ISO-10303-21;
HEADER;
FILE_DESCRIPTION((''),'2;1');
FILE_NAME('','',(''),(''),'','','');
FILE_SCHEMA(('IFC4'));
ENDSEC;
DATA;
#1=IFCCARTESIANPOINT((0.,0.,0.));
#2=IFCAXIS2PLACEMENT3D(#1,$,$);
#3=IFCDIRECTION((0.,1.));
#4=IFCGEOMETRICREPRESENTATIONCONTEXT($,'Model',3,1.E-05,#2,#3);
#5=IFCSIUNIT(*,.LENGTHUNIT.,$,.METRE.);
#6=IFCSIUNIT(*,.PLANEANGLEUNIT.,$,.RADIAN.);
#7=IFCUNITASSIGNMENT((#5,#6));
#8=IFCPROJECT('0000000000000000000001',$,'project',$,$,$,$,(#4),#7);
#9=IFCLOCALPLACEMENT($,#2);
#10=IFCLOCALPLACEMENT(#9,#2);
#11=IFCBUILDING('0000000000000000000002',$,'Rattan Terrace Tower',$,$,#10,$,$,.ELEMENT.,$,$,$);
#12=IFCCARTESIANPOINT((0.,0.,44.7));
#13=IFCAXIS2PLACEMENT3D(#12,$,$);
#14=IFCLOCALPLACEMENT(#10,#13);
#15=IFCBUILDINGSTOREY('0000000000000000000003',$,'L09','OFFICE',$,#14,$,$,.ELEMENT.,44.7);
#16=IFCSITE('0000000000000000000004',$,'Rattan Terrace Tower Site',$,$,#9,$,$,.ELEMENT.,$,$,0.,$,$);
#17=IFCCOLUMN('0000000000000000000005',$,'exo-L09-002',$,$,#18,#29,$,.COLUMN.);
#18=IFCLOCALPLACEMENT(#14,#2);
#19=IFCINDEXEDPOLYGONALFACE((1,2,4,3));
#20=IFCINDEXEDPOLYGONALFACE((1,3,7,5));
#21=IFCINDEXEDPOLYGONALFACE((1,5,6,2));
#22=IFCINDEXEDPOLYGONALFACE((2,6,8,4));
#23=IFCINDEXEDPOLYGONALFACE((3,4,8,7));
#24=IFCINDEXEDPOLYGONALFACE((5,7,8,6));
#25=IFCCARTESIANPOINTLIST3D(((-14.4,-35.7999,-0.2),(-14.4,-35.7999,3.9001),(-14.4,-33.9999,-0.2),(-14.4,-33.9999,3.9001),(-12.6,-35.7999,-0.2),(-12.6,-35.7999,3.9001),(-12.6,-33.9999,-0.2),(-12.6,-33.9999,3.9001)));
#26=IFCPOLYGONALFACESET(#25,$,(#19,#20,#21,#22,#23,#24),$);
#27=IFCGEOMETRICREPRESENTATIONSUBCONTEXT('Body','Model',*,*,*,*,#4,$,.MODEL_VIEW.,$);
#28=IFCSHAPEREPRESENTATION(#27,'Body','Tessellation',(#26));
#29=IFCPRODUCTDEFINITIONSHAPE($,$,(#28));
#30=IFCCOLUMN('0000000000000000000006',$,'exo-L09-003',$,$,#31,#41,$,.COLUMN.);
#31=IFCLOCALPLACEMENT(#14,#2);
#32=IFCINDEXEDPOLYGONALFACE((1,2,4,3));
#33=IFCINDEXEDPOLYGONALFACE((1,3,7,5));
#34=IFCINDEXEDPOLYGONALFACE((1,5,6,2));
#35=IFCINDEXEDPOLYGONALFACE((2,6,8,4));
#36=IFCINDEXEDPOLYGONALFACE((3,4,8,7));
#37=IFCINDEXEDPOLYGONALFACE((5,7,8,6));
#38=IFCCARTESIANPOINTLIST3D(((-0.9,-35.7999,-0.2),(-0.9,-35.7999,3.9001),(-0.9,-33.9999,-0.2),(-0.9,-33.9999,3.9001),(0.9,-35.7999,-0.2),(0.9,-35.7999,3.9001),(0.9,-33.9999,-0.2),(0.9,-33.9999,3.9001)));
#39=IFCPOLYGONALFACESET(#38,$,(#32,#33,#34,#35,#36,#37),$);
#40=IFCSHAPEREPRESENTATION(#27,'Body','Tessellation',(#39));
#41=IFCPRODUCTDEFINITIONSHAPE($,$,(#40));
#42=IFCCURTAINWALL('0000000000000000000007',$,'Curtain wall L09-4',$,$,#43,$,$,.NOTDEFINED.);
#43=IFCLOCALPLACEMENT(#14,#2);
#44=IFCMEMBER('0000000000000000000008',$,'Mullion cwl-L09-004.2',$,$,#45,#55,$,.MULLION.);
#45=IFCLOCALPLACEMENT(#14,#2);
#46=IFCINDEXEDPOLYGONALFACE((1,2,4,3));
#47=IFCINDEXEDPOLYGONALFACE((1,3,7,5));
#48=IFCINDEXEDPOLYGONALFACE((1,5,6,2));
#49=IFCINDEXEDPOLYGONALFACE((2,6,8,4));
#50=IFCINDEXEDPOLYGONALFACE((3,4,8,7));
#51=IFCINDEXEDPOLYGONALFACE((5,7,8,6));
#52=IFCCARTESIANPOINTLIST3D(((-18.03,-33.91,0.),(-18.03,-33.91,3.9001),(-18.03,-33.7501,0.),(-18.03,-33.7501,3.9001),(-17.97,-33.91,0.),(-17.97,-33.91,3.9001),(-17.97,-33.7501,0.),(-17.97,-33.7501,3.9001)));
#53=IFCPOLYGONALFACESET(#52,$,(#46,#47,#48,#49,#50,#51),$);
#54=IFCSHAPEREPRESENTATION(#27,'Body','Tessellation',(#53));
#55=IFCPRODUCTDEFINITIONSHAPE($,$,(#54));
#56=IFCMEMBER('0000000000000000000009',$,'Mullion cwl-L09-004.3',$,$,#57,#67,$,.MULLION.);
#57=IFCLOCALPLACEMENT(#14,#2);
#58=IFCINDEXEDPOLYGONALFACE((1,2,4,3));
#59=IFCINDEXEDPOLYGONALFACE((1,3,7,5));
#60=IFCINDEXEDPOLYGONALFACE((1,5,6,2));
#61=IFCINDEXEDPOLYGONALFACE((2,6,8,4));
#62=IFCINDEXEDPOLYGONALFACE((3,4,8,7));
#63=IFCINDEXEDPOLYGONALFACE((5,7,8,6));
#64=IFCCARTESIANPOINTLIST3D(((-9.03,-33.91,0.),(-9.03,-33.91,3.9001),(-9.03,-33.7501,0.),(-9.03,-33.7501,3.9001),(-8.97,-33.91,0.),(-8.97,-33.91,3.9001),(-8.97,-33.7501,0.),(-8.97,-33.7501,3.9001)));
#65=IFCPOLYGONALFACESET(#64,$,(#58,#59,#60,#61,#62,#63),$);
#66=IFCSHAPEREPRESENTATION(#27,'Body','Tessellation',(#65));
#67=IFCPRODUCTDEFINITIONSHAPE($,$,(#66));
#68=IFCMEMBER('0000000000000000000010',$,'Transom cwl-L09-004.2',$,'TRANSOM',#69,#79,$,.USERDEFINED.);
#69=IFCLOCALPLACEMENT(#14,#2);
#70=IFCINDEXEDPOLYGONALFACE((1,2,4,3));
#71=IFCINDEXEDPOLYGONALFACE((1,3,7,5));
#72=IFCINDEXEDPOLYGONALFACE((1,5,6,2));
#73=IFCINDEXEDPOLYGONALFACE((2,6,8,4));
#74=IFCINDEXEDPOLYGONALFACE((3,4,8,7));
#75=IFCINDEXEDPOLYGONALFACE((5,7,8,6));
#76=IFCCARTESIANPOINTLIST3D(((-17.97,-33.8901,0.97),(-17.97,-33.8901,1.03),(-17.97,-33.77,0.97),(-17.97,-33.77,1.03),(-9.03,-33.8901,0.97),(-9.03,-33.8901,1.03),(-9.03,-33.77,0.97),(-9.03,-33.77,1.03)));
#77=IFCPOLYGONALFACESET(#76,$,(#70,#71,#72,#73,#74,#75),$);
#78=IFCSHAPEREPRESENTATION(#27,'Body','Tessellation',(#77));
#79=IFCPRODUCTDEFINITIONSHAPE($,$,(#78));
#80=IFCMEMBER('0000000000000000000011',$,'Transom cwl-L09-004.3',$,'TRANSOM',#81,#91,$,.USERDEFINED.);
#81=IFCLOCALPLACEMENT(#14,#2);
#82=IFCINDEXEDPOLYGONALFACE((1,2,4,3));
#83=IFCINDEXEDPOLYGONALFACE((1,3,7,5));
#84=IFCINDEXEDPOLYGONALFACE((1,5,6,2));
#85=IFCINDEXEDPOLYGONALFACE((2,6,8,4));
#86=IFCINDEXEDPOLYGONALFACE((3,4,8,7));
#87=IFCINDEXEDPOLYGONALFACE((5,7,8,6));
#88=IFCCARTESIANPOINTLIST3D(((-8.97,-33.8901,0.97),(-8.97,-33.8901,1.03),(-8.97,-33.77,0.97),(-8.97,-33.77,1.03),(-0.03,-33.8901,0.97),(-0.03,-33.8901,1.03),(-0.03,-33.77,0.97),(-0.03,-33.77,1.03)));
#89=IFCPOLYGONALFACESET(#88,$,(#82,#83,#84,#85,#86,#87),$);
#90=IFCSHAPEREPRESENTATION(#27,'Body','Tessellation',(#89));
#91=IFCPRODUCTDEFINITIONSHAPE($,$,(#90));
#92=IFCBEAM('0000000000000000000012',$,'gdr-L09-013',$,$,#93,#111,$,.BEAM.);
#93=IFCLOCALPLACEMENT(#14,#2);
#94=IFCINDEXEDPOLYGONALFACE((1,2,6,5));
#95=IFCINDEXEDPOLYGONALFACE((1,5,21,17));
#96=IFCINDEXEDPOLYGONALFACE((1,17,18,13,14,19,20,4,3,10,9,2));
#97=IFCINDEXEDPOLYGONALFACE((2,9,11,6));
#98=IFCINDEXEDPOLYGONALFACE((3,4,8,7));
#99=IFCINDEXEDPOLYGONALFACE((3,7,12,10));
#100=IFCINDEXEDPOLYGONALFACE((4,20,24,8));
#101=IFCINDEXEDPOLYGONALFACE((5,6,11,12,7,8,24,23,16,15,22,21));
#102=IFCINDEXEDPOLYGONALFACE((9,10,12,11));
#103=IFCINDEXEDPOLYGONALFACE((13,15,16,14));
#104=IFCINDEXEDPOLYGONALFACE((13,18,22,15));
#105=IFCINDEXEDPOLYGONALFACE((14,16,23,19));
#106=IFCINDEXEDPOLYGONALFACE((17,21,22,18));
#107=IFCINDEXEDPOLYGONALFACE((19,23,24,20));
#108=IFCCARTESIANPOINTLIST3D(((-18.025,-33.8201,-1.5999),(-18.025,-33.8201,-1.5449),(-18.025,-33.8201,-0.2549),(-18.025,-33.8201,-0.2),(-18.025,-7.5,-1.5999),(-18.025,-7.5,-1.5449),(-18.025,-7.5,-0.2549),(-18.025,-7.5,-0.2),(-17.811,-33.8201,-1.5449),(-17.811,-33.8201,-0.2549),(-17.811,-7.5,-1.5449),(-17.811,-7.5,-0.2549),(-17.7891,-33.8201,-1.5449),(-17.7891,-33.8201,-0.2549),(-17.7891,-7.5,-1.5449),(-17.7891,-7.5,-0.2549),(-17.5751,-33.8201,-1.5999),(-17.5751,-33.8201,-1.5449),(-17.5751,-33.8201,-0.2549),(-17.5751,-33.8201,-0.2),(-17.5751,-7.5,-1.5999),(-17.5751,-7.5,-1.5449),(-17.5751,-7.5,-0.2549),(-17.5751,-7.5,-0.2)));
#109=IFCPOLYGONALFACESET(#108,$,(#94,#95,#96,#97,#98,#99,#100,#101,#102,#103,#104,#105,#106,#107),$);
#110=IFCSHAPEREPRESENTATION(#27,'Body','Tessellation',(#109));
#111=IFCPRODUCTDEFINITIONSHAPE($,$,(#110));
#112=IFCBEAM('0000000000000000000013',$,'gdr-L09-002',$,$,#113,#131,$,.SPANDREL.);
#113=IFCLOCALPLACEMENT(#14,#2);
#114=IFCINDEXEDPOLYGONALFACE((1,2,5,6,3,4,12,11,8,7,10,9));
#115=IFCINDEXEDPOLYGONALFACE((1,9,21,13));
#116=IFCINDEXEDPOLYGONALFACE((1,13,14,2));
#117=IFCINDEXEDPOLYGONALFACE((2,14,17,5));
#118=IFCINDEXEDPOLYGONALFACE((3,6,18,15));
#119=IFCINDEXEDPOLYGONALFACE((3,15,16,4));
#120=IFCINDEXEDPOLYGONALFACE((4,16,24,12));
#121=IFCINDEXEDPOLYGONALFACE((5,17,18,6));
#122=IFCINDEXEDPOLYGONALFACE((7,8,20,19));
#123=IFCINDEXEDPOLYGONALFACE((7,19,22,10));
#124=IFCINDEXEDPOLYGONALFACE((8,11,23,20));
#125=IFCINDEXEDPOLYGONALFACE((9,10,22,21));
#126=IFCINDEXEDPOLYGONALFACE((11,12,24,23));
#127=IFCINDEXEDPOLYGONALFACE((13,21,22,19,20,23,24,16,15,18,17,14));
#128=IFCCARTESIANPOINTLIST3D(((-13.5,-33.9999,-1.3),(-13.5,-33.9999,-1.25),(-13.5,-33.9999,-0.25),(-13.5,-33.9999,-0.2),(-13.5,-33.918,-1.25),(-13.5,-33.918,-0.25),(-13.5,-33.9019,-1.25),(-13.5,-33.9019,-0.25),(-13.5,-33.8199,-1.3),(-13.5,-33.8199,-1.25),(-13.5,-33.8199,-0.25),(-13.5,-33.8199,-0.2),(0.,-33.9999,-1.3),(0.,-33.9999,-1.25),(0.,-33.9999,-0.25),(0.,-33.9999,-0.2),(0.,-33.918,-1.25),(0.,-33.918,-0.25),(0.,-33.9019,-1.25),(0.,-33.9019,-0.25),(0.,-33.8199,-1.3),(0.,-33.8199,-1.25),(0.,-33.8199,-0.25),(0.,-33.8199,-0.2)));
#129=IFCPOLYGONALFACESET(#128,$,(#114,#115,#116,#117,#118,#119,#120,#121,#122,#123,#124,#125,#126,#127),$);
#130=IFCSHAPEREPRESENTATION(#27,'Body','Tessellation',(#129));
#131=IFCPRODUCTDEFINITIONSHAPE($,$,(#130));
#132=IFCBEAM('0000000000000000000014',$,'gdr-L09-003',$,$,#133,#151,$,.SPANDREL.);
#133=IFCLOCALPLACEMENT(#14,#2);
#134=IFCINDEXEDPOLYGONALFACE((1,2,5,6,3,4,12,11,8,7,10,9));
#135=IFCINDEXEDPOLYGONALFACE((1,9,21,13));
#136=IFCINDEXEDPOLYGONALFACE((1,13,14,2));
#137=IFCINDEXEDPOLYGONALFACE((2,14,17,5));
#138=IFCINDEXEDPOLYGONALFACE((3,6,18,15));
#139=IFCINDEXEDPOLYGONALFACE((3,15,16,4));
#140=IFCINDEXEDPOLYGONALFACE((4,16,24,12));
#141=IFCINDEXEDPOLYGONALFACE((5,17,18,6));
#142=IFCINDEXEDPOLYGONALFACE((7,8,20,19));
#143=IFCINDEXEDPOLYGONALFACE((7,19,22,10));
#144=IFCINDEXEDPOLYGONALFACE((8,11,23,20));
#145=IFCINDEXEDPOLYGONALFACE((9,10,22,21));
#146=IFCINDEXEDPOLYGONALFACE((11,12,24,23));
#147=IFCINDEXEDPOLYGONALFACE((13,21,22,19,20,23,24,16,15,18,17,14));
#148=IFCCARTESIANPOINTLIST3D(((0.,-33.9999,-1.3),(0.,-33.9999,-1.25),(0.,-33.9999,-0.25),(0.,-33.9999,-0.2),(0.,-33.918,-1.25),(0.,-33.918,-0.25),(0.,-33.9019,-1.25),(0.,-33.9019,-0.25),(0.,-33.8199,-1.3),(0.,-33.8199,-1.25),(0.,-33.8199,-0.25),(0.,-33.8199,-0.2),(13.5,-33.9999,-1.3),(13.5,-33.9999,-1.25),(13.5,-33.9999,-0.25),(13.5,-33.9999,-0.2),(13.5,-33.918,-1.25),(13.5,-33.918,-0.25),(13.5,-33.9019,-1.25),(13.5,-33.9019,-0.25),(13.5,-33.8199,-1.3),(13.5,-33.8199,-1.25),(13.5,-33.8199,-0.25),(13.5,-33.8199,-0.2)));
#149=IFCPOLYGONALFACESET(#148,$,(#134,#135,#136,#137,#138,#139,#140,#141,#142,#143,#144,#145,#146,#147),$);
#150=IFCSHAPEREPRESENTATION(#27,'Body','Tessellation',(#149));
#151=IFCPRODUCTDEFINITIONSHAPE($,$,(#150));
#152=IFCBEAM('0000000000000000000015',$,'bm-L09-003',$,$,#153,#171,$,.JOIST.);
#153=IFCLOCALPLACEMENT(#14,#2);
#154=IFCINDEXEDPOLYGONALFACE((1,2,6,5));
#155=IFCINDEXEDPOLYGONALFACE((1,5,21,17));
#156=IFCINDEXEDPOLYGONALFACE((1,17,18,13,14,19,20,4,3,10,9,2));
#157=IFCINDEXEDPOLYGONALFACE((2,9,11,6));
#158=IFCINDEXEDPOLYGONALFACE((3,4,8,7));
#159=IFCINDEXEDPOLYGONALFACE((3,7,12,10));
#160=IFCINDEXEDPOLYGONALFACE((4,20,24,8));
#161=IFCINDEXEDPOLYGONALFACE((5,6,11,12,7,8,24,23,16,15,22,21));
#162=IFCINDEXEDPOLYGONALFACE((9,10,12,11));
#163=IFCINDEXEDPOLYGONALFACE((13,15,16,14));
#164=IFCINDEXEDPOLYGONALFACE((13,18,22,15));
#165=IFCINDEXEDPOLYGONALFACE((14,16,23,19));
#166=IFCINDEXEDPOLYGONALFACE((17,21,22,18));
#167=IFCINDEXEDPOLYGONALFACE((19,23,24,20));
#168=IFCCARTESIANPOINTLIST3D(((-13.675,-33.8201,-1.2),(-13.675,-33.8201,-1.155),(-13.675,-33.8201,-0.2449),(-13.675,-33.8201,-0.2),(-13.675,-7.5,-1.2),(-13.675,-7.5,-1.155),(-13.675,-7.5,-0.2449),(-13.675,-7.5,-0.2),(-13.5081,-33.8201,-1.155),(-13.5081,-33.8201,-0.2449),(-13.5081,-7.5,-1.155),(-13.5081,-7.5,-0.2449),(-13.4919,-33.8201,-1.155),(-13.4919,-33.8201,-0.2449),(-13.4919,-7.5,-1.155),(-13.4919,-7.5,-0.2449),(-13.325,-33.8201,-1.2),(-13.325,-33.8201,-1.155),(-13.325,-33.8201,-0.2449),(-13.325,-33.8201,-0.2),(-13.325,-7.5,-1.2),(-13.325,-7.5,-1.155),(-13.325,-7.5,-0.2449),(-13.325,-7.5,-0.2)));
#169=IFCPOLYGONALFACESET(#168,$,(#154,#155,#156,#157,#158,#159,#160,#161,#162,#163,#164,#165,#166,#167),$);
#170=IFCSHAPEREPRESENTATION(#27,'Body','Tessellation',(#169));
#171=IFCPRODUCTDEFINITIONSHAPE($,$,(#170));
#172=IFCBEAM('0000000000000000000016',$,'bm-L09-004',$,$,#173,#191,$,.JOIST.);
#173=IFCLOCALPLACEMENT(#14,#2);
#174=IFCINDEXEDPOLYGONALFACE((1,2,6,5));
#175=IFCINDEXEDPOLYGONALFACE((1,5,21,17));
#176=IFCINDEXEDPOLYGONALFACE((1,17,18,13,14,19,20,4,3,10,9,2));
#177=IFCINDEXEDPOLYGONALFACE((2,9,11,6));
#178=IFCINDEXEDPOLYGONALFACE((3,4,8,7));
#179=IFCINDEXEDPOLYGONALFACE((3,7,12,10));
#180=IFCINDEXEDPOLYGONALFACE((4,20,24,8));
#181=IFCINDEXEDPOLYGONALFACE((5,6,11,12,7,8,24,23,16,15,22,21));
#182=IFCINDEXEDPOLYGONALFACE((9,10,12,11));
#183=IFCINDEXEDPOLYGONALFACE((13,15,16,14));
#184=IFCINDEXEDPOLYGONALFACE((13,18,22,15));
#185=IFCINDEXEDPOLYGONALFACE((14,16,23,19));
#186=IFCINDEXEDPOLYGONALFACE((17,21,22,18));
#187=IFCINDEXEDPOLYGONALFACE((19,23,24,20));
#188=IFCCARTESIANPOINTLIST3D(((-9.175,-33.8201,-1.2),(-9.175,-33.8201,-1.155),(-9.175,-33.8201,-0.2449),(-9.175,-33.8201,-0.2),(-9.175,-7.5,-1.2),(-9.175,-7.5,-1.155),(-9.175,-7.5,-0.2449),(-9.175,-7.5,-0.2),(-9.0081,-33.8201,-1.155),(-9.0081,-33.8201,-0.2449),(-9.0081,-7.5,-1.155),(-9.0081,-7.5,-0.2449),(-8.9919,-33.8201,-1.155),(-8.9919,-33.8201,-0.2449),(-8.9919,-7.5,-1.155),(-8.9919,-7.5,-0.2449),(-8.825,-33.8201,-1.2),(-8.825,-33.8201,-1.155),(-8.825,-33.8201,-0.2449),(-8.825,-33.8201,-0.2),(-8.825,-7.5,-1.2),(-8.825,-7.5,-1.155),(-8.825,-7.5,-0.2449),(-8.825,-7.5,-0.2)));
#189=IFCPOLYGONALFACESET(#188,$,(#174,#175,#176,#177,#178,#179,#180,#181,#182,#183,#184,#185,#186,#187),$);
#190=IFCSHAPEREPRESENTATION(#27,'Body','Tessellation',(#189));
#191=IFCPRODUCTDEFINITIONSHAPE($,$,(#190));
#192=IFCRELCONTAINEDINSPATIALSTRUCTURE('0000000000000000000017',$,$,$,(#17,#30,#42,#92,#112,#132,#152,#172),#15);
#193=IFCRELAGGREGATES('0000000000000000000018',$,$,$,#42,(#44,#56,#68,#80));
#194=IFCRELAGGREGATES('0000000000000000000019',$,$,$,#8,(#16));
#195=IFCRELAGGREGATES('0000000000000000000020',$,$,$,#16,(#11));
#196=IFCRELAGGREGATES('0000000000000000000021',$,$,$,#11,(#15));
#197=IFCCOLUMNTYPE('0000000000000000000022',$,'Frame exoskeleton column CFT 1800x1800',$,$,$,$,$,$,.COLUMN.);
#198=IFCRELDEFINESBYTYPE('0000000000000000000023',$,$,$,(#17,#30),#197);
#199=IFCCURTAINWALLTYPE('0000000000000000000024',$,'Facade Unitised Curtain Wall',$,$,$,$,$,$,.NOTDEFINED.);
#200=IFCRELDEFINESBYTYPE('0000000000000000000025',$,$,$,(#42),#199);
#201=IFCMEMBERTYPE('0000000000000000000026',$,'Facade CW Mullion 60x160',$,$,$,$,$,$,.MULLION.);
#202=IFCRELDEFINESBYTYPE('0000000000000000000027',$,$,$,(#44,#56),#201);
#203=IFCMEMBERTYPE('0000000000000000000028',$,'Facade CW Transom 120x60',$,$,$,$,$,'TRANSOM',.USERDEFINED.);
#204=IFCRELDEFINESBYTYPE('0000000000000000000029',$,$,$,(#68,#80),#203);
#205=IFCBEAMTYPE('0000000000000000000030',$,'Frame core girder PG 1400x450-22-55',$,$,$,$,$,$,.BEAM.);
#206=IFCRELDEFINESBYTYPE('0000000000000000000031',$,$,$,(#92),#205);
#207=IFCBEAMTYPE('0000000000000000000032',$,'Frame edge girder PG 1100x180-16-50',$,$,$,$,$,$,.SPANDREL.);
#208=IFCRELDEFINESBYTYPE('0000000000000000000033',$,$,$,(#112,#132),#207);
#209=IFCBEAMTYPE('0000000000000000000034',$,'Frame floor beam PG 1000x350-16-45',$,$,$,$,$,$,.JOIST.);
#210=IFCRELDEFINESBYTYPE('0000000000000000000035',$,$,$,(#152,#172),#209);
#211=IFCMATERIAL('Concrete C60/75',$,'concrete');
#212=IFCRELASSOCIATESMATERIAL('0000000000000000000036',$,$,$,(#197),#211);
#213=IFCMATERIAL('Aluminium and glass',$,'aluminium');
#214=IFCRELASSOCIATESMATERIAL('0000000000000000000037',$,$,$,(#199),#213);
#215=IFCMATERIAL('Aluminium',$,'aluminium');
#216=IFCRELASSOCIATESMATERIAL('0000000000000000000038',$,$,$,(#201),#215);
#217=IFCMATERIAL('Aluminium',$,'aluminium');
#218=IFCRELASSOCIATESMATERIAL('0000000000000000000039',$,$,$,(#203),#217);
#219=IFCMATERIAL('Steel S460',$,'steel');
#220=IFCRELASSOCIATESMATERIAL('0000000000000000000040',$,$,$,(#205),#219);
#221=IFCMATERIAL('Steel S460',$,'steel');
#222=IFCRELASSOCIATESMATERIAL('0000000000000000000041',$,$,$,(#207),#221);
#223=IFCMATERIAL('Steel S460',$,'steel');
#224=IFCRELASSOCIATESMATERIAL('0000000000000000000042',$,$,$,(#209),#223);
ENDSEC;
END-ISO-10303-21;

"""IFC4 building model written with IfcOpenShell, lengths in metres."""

from ifc_helpers import new_model, si_unit, direction, frame, origin, origin_2d, place, context, subcontext, project, spatial, rectangle, i_section, extrude, material, material_profile, profile_set, type_object, element, aggregate, save


model = new_model("IFC4")

# Units and contexts
model_context = context("Model", 3, precision=1e-05, world=origin(), true_north=direction((0.0, 1.0)))
body_context = subcontext(model_context, "Body", "Model", "MODEL_VIEW")
ifc_project = project(units=[si_unit("LENGTHUNIT", "METRE"), si_unit("PLANEANGLEUNIT", "RADIAN")], contexts=[model_context])

# Site, building, storey
site_placement = place(None, origin())
site = spatial("IfcSite", under=ifc_project, at=site_placement, Name="Rattan Terrace Tower Site", CompositionType="ELEMENT", RefElevation=0.0)
building_placement = place(site_placement, origin())
building = spatial("IfcBuilding", under=site, at=building_placement, Name="Rattan Terrace Tower", CompositionType="ELEMENT")
storey_placement = place(building_placement, frame((0.0, 0.0, 44.7)))
storey = spatial("IfcBuildingStorey", under=building, at=storey_placement, Name="L09", Description="OFFICE", CompositionType="ELEMENT", Elevation=44.7)

# Columns
ifc_material_1 = material(Name="Concrete C60/75", Category="concrete")
ifc_material_profile_1 = material_profile(ifc_material_1, rectangle(XDim=1.8, YDim=1.8, at=origin_2d()), Name="CFT 1800x1800")
ifc_profile_set_1 = profile_set([ifc_material_profile_1], Name="Concrete C60/75")
column_type = type_object("IfcColumnType", Name="Frame exoskeleton column CFT 1800x1800", PredefinedType="COLUMN", material=ifc_profile_set_1)
for number, where, z_axis, x_axis, name in (
    (1, (-13.5, -34.8999, -0.2), (0.0, 0.0, 1.0), (1.0, 0.0, 0.0), "exo-L09-002"),
    (2, (0.0, -34.8999, -0.2), (0.0, 0.0, 1.0), (1.0, 0.0, 0.0), "exo-L09-003"),
):
    element("IfcColumn", number, at=place(storey_placement, frame(where, z_axis=z_axis, x_axis=x_axis)), inside=storey, type_object=column_type, Name=name, PredefinedType="COLUMN", context=body_context, shape_type="SweptSolid", body=[
        extrude(rectangle(XDim=1.8, YDim=1.8, at=origin_2d()), origin(), (0.0, 0.0, 1.0), 4.1001),
    ])

# Curtain wall, members
ifc_material_2 = material(Name="Aluminium and glass", Category="aluminium")
curtain_wall_type = type_object("IfcCurtainWallType", Name="Facade Unitised Curtain Wall", PredefinedType="NOTDEFINED", material=ifc_material_2)
curtain_wall_placement = place(storey_placement, origin())
curtain_wall = element("IfcCurtainWall", 3, at=curtain_wall_placement, inside=storey, type_object=curtain_wall_type, Name="Curtain wall L09-4", PredefinedType="NOTDEFINED")
ifc_material_3 = material(Name="Aluminium", Category="aluminium")
ifc_material_profile_2 = material_profile(ifc_material_3, rectangle(XDim=0.0601, YDim=0.1599, at=origin_2d()), Name="Aluminium 60x160")
ifc_profile_set_2 = profile_set([ifc_material_profile_2], Name="Aluminium")
member_type_1 = type_object("IfcMemberType", Name="Facade CW Mullion 60x160", PredefinedType="MULLION", material=ifc_profile_set_2)
member_1_placement = place(storey_placement, frame((-18.0, -33.8301, 0.0), z_axis=(0.0, 0.0, 1.0), x_axis=(1.0, 0.0, 0.0)))
member_1 = element("IfcMember", 4, at=member_1_placement, type_object=member_type_1, Name="Mullion cwl-L09-004.2", PredefinedType="MULLION", context=body_context, shape_type="SweptSolid", body=[
    extrude(rectangle(XDim=0.0601, YDim=0.1599, at=origin_2d()), origin(), (0.0, 0.0, 1.0), 3.9001),
])
member_2_placement = place(storey_placement, frame((-9.0, -33.8301, 0.0), z_axis=(0.0, 0.0, 1.0), x_axis=(1.0, 0.0, 0.0)))
member_2 = element("IfcMember", 5, at=member_2_placement, type_object=member_type_1, Name="Mullion cwl-L09-004.3", PredefinedType="MULLION", context=body_context, shape_type="SweptSolid", body=[
    extrude(rectangle(XDim=0.0601, YDim=0.1599, at=origin_2d()), origin(), (0.0, 0.0, 1.0), 3.9001),
])
ifc_material_4 = material(Name="Aluminium", Category="aluminium")
ifc_material_profile_3 = material_profile(ifc_material_4, rectangle(XDim=0.1201, YDim=0.0601, at=origin_2d()), Name="Aluminium 120x60")
ifc_profile_set_3 = profile_set([ifc_material_profile_3], Name="Aluminium")
member_type_2 = type_object("IfcMemberType", Name="Facade CW Transom 120x60", ElementType="TRANSOM", PredefinedType="USERDEFINED", material=ifc_profile_set_3)
member_3_placement = place(storey_placement, frame((-17.97, -33.8301, 1.0), z_axis=(1.0, 0.0, 0.0), x_axis=(0.0, 1.0, 0.0)))
member_3 = element("IfcMember", 6, at=member_3_placement, type_object=member_type_2, Name="Transom cwl-L09-004.2", ObjectType="TRANSOM", PredefinedType="USERDEFINED", context=body_context, shape_type="SweptSolid", body=[
    extrude(rectangle(XDim=0.1201, YDim=0.0601, at=origin_2d()), origin(), (0.0, 0.0, 1.0), 8.9399),
])
member_4_placement = place(storey_placement, frame((-8.97, -33.8301, 1.0), z_axis=(1.0, 0.0, 0.0), x_axis=(0.0, 1.0, 0.0)))
member_4 = element("IfcMember", 7, at=member_4_placement, type_object=member_type_2, Name="Transom cwl-L09-004.3", ObjectType="TRANSOM", PredefinedType="USERDEFINED", context=body_context, shape_type="SweptSolid", body=[
    extrude(rectangle(XDim=0.1201, YDim=0.0601, at=origin_2d()), origin(), (0.0, 0.0, 1.0), 8.9399),
])

# Beams
ifc_material_5 = material(Name="Steel S460", Category="steel")
ifc_material_profile_4 = material_profile(ifc_material_5, i_section(OverallWidth=0.45, OverallDepth=1.3999, WebThickness=0.022, FlangeThickness=0.0549, at=origin_2d()), Name="PG 1400x450-22-55")
ifc_profile_set_4 = profile_set([ifc_material_profile_4], Name="Steel S460")
beam_type_1 = type_object("IfcBeamType", Name="Frame core girder PG 1400x450-22-55", PredefinedType="BEAM", material=ifc_profile_set_4)
beam_placement = place(storey_placement, frame((-17.8, -33.8201, -0.8999), z_axis=(0.0, 1.0, 0.0), x_axis=(-1.0, 0.0, 0.0)))
element("IfcBeam", 8, at=beam_placement, inside=storey, type_object=beam_type_1, Name="gdr-L09-013", PredefinedType="BEAM", context=body_context, shape_type="SweptSolid", body=[
    extrude(i_section(OverallWidth=0.45, OverallDepth=1.3999, WebThickness=0.022, FlangeThickness=0.0549, at=origin_2d()), origin(), (0.0, 0.0, 1.0), 26.3201),
])
ifc_material_6 = material(Name="Steel S460", Category="steel")
ifc_material_profile_5 = material_profile(ifc_material_6, i_section(OverallWidth=0.1799, OverallDepth=1.1001, WebThickness=0.0161, FlangeThickness=0.05, at=origin_2d()), Name="PG 1100x180-16-50")
ifc_profile_set_5 = profile_set([ifc_material_profile_5], Name="Steel S460")
beam_type_2 = type_object("IfcBeamType", Name="Frame edge girder PG 1100x180-16-50", PredefinedType="SPANDREL", material=ifc_profile_set_5)
for number, where, z_axis, x_axis, name in (
    (9, (-13.5, -33.9099, -0.75), (1.0, 0.0, 0.0), (0.0, 1.0, 0.0), "gdr-L09-002"),
    (10, (0.0, -33.9099, -0.75), (1.0, 0.0, 0.0), (0.0, 1.0, 0.0), "gdr-L09-003"),
):
    element("IfcBeam", number, at=place(storey_placement, frame(where, z_axis=z_axis, x_axis=x_axis)), inside=storey, type_object=beam_type_2, Name=name, PredefinedType="SPANDREL", context=body_context, shape_type="SweptSolid", body=[
        extrude(i_section(OverallWidth=0.1799, OverallDepth=1.1001, WebThickness=0.0161, FlangeThickness=0.05, at=origin_2d()), origin(), (0.0, 0.0, 1.0), 13.5),
    ])
ifc_material_7 = material(Name="Steel S460", Category="steel")
ifc_material_profile_6 = material_profile(ifc_material_7, i_section(OverallWidth=0.3501, OverallDepth=1.0, WebThickness=0.0161, FlangeThickness=0.0449, at=origin_2d()), Name="PG 1000x350-16-45")
ifc_profile_set_6 = profile_set([ifc_material_profile_6], Name="Steel S460")
beam_type_3 = type_object("IfcBeamType", Name="Frame floor beam PG 1000x350-16-45", PredefinedType="JOIST", material=ifc_profile_set_6)
for number, where, z_axis, x_axis, name in (
    (11, (-13.5, -33.8201, -0.7), (0.0, 1.0, 0.0), (-1.0, 0.0, 0.0), "bm-L09-003"),
    (12, (-9.0, -33.8201, -0.7), (0.0, 1.0, 0.0), (-1.0, 0.0, 0.0), "bm-L09-004"),
):
    element("IfcBeam", number, at=place(storey_placement, frame(where, z_axis=z_axis, x_axis=x_axis)), inside=storey, type_object=beam_type_3, Name=name, PredefinedType="JOIST", context=body_context, shape_type="SweptSolid", body=[
        extrude(i_section(OverallWidth=0.3501, OverallDepth=1.0, WebThickness=0.0161, FlangeThickness=0.0449, at=origin_2d()), origin(), (0.0, 0.0, 1.0), 26.3201),
    ])

aggregate(curtain_wall, [member_1, member_2, member_3, member_4])

save(model, "model.ifc")
